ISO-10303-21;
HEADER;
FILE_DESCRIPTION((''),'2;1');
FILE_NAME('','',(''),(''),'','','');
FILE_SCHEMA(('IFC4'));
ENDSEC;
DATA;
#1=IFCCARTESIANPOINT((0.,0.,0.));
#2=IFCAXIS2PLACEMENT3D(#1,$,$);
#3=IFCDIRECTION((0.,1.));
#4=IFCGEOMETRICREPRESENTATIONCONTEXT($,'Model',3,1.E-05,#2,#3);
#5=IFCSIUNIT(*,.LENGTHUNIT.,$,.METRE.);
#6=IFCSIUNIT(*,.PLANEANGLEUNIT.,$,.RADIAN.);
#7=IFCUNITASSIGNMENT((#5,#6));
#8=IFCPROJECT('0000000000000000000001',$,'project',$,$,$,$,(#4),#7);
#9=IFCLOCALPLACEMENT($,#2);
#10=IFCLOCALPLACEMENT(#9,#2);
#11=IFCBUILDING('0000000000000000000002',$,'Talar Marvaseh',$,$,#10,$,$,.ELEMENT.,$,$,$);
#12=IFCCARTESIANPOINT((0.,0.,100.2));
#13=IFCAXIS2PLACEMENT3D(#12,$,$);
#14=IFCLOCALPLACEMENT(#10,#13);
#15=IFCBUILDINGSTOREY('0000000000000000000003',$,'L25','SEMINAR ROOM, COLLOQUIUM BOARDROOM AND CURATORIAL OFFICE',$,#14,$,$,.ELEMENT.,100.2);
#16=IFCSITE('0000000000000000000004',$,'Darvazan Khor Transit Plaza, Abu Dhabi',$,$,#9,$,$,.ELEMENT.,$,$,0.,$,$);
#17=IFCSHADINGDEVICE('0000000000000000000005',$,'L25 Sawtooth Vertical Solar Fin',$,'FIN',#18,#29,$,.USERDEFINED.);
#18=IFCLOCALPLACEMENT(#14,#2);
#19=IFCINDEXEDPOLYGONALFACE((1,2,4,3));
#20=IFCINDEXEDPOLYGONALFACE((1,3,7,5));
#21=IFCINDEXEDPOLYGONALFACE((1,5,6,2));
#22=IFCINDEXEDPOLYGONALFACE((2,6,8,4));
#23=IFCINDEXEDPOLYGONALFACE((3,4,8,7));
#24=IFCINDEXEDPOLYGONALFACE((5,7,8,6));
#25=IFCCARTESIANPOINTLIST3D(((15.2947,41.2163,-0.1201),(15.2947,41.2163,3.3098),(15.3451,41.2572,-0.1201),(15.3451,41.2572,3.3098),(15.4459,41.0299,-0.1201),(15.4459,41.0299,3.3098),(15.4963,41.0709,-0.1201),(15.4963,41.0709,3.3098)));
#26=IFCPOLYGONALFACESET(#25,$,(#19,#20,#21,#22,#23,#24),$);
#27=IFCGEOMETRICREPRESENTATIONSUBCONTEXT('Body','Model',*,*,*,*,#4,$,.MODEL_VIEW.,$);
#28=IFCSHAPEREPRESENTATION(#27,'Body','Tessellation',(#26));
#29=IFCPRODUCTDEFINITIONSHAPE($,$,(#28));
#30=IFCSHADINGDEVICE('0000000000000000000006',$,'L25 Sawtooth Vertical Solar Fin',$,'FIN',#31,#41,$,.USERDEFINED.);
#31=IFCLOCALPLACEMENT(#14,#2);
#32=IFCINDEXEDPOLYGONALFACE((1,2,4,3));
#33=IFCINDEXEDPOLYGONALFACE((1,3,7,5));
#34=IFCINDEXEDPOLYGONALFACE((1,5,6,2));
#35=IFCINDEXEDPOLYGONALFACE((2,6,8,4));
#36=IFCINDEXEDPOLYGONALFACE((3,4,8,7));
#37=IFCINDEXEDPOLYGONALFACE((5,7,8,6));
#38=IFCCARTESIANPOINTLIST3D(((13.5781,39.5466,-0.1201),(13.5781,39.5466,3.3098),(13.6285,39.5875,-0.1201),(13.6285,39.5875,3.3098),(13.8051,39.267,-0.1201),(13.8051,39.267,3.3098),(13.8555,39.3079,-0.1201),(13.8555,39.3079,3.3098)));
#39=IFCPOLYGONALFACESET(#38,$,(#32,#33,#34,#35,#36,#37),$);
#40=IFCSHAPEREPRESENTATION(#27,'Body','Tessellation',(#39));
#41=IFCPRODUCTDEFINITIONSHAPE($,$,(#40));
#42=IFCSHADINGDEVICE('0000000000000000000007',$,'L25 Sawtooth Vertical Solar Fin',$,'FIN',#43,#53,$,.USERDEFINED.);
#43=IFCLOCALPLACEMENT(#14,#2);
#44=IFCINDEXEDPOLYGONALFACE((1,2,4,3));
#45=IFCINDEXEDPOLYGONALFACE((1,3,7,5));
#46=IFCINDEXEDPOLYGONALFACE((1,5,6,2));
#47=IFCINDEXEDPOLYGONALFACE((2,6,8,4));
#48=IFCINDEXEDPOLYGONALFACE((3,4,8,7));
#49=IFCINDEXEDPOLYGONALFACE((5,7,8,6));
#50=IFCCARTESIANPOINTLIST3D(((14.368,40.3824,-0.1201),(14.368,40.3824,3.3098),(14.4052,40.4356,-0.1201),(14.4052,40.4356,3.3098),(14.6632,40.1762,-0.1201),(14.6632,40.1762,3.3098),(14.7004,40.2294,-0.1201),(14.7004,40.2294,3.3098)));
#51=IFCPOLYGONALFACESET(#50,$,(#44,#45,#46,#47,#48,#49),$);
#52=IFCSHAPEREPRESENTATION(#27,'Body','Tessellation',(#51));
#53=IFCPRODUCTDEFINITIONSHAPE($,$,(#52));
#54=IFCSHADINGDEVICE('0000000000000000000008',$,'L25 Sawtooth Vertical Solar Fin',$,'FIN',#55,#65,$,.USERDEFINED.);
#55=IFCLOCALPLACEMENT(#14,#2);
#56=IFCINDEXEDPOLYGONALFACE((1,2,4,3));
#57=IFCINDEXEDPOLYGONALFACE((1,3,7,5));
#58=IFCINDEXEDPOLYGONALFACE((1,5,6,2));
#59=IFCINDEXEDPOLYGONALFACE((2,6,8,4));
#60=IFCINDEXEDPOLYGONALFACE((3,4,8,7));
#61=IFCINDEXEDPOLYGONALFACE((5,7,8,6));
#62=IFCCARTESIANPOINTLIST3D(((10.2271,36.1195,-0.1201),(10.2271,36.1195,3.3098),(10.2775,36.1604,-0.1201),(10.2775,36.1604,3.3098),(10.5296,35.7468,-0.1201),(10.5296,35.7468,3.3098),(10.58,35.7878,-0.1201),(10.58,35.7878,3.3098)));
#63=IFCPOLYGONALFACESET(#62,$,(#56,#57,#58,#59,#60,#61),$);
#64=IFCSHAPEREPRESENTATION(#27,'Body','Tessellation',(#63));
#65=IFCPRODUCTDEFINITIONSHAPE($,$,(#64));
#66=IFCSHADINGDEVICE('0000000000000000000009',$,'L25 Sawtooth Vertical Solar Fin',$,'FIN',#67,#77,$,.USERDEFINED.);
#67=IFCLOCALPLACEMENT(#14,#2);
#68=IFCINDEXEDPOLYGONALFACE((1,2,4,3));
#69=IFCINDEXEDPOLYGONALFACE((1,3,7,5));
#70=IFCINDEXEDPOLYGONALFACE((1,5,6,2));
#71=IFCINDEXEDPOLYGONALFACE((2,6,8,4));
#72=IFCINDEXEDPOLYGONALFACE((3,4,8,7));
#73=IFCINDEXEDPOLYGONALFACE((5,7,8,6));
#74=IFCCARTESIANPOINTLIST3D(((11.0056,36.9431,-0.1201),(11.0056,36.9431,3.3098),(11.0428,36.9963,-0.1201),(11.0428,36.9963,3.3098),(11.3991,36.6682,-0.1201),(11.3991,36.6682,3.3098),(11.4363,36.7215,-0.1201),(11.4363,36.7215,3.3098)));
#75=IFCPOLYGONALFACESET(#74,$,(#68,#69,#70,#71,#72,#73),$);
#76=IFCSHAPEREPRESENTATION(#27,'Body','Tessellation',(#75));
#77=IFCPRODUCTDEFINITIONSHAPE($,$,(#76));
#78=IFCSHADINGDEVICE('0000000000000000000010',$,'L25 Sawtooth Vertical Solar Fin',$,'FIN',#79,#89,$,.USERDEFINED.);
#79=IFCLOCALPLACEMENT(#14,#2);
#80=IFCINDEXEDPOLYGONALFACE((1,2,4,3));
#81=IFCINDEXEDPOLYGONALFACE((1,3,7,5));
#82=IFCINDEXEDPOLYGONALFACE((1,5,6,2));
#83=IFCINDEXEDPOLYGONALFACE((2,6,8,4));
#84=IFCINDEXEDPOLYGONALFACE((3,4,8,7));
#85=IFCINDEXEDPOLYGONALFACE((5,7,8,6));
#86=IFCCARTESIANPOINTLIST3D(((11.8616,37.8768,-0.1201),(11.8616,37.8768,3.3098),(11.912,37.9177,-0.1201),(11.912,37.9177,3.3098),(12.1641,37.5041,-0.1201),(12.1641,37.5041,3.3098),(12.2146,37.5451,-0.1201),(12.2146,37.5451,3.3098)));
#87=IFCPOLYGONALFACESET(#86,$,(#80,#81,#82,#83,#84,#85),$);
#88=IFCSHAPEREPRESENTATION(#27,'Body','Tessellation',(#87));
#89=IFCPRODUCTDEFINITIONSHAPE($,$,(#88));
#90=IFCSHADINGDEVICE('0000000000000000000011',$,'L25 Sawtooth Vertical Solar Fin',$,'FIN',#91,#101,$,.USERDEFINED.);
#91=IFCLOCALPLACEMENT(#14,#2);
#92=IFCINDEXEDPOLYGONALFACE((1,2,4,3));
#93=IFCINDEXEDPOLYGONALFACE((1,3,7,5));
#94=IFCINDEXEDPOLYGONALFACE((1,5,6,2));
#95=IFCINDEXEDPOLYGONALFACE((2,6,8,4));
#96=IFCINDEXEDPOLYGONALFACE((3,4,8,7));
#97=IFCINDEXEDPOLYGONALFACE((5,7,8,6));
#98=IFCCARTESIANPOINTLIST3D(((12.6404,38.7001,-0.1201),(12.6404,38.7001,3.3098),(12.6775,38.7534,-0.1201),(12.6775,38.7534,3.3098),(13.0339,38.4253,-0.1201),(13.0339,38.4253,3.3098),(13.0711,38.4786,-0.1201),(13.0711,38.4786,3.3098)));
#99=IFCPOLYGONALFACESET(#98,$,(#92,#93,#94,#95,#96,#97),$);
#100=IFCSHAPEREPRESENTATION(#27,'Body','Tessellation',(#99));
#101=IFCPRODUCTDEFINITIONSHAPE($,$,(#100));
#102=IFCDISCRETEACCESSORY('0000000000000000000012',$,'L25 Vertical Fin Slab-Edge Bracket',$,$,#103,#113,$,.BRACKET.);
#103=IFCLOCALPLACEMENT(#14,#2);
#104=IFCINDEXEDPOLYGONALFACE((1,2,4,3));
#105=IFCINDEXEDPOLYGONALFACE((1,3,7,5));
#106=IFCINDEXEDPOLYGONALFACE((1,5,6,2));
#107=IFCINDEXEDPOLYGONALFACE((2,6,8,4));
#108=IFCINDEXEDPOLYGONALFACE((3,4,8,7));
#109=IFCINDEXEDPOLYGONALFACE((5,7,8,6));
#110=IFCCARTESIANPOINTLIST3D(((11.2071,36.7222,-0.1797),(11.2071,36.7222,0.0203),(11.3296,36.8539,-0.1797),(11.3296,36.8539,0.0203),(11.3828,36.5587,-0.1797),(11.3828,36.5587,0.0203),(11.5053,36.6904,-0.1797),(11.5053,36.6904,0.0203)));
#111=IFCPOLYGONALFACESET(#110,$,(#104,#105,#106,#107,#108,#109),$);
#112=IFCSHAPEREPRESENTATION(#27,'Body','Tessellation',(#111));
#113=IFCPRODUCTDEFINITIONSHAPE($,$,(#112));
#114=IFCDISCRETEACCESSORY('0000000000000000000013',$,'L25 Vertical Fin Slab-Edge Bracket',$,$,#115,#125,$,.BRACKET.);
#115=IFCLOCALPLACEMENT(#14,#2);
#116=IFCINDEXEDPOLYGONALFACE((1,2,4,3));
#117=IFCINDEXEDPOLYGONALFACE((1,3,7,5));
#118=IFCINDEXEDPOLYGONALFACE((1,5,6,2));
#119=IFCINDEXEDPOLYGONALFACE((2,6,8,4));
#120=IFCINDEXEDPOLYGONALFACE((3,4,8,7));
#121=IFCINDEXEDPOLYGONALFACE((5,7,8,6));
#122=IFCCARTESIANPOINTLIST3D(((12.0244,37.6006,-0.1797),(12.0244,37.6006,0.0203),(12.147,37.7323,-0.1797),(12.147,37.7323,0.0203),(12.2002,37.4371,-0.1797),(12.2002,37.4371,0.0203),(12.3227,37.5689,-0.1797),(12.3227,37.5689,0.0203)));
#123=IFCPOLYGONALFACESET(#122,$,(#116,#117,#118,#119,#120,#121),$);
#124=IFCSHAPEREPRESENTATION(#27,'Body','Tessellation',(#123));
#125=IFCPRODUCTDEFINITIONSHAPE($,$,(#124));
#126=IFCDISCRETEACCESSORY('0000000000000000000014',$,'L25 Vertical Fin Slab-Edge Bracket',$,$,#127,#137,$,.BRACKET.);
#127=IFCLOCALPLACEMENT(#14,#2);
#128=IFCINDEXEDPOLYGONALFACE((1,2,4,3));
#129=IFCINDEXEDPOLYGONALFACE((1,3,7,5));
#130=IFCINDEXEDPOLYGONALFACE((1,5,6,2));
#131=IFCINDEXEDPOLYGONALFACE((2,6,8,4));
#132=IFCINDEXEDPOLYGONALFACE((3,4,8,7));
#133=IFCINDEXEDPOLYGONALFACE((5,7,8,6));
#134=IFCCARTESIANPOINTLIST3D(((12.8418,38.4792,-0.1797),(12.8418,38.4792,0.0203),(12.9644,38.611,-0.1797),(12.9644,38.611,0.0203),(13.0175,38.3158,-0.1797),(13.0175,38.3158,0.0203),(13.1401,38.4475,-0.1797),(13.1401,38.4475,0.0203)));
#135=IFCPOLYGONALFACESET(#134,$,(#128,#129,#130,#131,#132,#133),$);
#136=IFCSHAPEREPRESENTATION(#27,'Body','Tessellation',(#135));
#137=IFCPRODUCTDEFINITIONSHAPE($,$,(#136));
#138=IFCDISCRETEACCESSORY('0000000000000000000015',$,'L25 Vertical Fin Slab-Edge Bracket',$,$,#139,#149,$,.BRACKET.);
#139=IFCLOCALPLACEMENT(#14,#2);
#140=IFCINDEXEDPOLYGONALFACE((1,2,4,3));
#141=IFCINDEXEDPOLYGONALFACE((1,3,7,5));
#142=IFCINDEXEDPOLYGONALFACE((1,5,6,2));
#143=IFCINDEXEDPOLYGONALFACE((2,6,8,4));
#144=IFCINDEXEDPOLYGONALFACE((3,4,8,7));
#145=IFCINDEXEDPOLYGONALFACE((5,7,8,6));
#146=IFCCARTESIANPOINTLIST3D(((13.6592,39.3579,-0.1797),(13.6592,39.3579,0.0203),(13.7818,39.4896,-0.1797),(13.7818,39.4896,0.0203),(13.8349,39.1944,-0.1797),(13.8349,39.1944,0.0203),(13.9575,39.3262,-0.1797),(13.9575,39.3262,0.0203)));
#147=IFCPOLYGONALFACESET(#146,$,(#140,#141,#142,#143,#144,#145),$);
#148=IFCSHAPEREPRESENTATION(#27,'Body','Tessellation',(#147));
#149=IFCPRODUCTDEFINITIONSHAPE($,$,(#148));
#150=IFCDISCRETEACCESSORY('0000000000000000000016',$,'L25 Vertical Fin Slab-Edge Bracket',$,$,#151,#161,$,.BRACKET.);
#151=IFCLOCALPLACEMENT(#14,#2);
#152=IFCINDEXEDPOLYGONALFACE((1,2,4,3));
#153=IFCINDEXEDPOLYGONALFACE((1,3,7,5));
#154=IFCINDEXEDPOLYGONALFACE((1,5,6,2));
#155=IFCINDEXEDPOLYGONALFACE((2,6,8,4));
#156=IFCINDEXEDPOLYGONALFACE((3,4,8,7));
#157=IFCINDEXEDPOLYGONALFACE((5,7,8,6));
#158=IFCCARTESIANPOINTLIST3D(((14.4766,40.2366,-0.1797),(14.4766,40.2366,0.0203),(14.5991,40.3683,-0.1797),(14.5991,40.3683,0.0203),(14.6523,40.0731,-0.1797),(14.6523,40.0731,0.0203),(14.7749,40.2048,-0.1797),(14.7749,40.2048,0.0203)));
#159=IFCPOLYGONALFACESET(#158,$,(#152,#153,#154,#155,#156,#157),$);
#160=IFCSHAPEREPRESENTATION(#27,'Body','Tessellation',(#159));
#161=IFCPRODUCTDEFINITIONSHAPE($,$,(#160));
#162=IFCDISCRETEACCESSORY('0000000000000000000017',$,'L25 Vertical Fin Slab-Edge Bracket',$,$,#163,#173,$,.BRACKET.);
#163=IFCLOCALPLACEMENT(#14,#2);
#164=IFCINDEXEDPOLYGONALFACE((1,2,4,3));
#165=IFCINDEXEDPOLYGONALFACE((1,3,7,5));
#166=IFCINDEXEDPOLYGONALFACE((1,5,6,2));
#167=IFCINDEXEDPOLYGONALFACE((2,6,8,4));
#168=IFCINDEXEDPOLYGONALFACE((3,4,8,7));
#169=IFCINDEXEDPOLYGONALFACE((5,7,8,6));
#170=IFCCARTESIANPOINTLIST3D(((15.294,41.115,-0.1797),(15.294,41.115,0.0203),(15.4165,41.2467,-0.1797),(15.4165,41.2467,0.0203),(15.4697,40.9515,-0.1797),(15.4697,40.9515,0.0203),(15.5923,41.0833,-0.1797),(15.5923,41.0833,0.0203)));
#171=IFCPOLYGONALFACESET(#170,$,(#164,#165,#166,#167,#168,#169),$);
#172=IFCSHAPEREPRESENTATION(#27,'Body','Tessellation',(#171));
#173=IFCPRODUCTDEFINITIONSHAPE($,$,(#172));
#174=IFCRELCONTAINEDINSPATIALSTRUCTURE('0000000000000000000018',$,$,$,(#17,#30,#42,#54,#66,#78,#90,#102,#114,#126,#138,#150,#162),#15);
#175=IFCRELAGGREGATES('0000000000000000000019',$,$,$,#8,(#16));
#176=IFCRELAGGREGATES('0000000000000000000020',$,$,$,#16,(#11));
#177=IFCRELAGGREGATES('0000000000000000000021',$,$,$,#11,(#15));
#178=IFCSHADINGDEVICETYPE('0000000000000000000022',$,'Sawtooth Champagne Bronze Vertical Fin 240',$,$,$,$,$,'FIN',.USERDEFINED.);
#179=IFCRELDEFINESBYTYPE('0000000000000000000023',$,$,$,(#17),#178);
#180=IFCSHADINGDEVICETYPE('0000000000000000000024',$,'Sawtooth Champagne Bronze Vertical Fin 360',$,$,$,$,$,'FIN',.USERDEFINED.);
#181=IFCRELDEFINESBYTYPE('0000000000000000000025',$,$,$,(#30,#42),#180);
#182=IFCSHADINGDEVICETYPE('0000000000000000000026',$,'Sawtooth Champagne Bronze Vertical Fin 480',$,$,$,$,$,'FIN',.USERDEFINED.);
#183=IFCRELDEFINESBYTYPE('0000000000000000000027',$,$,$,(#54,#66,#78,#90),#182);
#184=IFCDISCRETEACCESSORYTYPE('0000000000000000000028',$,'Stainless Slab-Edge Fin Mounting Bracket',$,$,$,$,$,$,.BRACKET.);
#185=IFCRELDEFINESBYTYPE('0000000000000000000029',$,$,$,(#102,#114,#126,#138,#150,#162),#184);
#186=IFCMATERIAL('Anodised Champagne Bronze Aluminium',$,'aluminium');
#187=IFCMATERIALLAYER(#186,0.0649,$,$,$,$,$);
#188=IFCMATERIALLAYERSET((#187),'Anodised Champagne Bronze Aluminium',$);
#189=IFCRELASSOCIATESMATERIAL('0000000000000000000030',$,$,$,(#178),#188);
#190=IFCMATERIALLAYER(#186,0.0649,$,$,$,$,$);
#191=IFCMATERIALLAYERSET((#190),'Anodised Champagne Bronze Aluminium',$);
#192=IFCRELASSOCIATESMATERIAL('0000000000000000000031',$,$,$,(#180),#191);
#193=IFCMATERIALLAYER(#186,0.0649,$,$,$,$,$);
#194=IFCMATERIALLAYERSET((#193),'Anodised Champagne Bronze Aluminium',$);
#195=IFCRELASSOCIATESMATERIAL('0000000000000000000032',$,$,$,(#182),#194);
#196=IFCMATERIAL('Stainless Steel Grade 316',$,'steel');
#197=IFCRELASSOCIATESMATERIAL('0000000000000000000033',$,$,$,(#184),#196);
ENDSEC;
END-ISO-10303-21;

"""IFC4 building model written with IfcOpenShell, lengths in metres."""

from ifc_helpers import new_model, si_unit, direction, frame, origin, origin_2d, place, context, subcontext, project, spatial, rectangle, extrude, source, transform, mapped, material, layer, layer_set, type_object, type_shapes, element, save


model = new_model("IFC4")

# Units and contexts
model_context = context("Model", 3, precision=1e-05, world=origin(), true_north=direction((0.0, 1.0)))
body_context = subcontext(model_context, "Body", "Model", "MODEL_VIEW")
ifc_project = project(units=[si_unit("LENGTHUNIT", "METRE"), si_unit("PLANEANGLEUNIT", "RADIAN")], contexts=[model_context])

# Site, building, storey
site_placement = place(None, origin())
site = spatial("IfcSite", under=ifc_project, at=site_placement, Name="Darvazan Khor Transit Plaza, Abu Dhabi", CompositionType="ELEMENT", RefElevation=0.0)
building_placement = place(site_placement, origin())
building = spatial("IfcBuilding", under=site, at=building_placement, Name="Talar Marvaseh", CompositionType="ELEMENT")
storey_placement = place(building_placement, frame((0.0, 0.0, 100.2)))
storey = spatial("IfcBuildingStorey", under=building, at=storey_placement, Name="L25", Description="SEMINAR ROOM, COLLOQUIUM BOARDROOM AND CURATORIAL OFFICE", CompositionType="ELEMENT", Elevation=100.2)

# Shading devices
ifc_material_1 = material(Name="Anodised Champagne Bronze Aluminium", Category="aluminium")
ifc_layer_1 = layer(ifc_material_1, 0.0649)
ifc_layer_set_1 = layer_set([ifc_layer_1], Name="Anodised Champagne Bronze Aluminium")
shading_device_type_1 = type_object("IfcShadingDeviceType", Name="Sawtooth Champagne Bronze Vertical Fin 240", ElementType="FIN", PredefinedType="USERDEFINED", material=ifc_layer_set_1)
shared_shape_1 = source(origin(), body_context, "Body", "SweptSolid", [
    extrude(rectangle(XDim=0.24, YDim=0.0649, at=origin_2d()), origin(), (0.0, 0.0, 1.0), 3.4299),
])
type_shapes(shading_device_type_1, [shared_shape_1])
shading_device_placement = place(storey_placement, frame((15.3955, 41.1436, -0.1201), z_axis=(0.0, 0.0, 1.0), x_axis=(-0.630269, 0.776377, 0.0)))
element("IfcShadingDevice", 1, at=shading_device_placement, inside=storey, type_object=shading_device_type_1, Name="L25 Sawtooth Vertical Solar Fin", ObjectType="FIN", PredefinedType="USERDEFINED", context=body_context, shape_type="MappedRepresentation", body=[
    mapped(shared_shape_1, transform((0.0, 0.0, 0.0), x_axis=(1.0, 0.0, 0.0), y_axis=(0.0, 1.0, 0.0), z_axis=(0.0, 0.0, 1.0), scale=1.0)),
])
ifc_layer_2 = layer(ifc_material_1, 0.0649)
ifc_layer_set_2 = layer_set([ifc_layer_2], Name="Anodised Champagne Bronze Aluminium")
shading_device_type_2 = type_object("IfcShadingDeviceType", Name="Sawtooth Champagne Bronze Vertical Fin 360", ElementType="FIN", PredefinedType="USERDEFINED", material=ifc_layer_set_2)
shared_shape_2 = source(origin(), body_context, "Body", "SweptSolid", [
    extrude(rectangle(XDim=0.3601, YDim=0.0649, at=origin_2d()), origin(), (0.0, 0.0, 1.0), 3.4299),
])
type_shapes(shading_device_type_2, [shared_shape_2])
for number, where, z_axis, x_axis, name in (
    (2, (13.7168, 39.4272, -0.1201), (0.0, 0.0, 1.0), (-0.630269, 0.776377, 0.0), "L25 Sawtooth Vertical Solar Fin"),
    (3, (14.5342, 40.3059, -0.1201), (0.0, 0.0, 1.0), (-0.819852, 0.572575, 0.0), "L25 Sawtooth Vertical Solar Fin"),
):
    element("IfcShadingDevice", number, at=place(storey_placement, frame(where, z_axis=z_axis, x_axis=x_axis)), inside=storey, type_object=shading_device_type_2, Name=name, ObjectType="FIN", PredefinedType="USERDEFINED", context=body_context, shape_type="MappedRepresentation", body=[
        mapped(shared_shape_2, transform((0.0, 0.0, 0.0), x_axis=(1.0, 0.0, 0.0), y_axis=(0.0, 1.0, 0.0), z_axis=(0.0, 0.0, 1.0), scale=1.0)),
    ])
ifc_layer_3 = layer(ifc_material_1, 0.0649)
ifc_layer_set_3 = layer_set([ifc_layer_3], Name="Anodised Champagne Bronze Aluminium")
shading_device_type_3 = type_object("IfcShadingDeviceType", Name="Sawtooth Champagne Bronze Vertical Fin 480", ElementType="FIN", PredefinedType="USERDEFINED", material=ifc_layer_set_3)
shared_shape_3 = source(origin(), body_context, "Body", "SweptSolid", [
    extrude(rectangle(XDim=0.48, YDim=0.0649, at=origin_2d()), origin(), (0.0, 0.0, 1.0), 3.4299),
])
type_shapes(shading_device_type_3, [shared_shape_3])
for number, where, z_axis, x_axis, name in (
    (4, (10.4036, 35.9536, -0.1201), (0.0, 0.0, 1.0), (-0.630269, 0.776377, 0.0), "L25 Sawtooth Vertical Solar Fin"),
    (5, (11.2209, 36.8323, -0.1201), (0.0, 0.0, 1.0), (-0.819852, 0.572575, 0.0), "L25 Sawtooth Vertical Solar Fin"),
    (6, (12.0381, 37.7109, -0.1201), (0.0, 0.0, 1.0), (-0.630269, 0.776377, 0.0), "L25 Sawtooth Vertical Solar Fin"),
    (7, (12.8557, 38.5894, -0.1201), (0.0, 0.0, 1.0), (-0.819852, 0.572575, 0.0), "L25 Sawtooth Vertical Solar Fin"),
):
    element("IfcShadingDevice", number, at=place(storey_placement, frame(where, z_axis=z_axis, x_axis=x_axis)), inside=storey, type_object=shading_device_type_3, Name=name, ObjectType="FIN", PredefinedType="USERDEFINED", context=body_context, shape_type="MappedRepresentation", body=[
        mapped(shared_shape_3, transform((0.0, 0.0, 0.0), x_axis=(1.0, 0.0, 0.0), y_axis=(0.0, 1.0, 0.0), z_axis=(0.0, 0.0, 1.0), scale=1.0)),
    ])

# Discrete accessories
ifc_material_2 = material(Name="Stainless Steel Grade 316", Category="steel")
discrete_accessory_type = type_object("IfcDiscreteAccessoryType", Name="Stainless Slab-Edge Fin Mounting Bracket", PredefinedType="BRACKET", material=ifc_material_2)
shared_shape_4 = source(origin(), body_context, "Body", "SweptSolid", [
    extrude(rectangle(XDim=0.24, YDim=0.1799, at=origin_2d()), origin(), (0.0, 0.0, 1.0), 0.2),
])
type_shapes(discrete_accessory_type, [shared_shape_4])
for number, where, z_axis, x_axis, name in (
    (8, (11.3562, 36.7063, -0.1797), (0.0, 0.0, 1.0), (-0.732186, 0.681104, 0.0), "L25 Vertical Fin Slab-Edge Bracket"),
    (9, (12.1736, 37.5847, -0.1797), (0.0, 0.0, 1.0), (-0.732186, 0.681104, 0.0), "L25 Vertical Fin Slab-Edge Bracket"),
    (10, (12.991, 38.4634, -0.1797), (0.0, 0.0, 1.0), (-0.732186, 0.681104, 0.0), "L25 Vertical Fin Slab-Edge Bracket"),
    (11, (13.8083, 39.342, -0.1797), (0.0, 0.0, 1.0), (-0.732186, 0.681104, 0.0), "L25 Vertical Fin Slab-Edge Bracket"),
    (12, (14.6257, 40.2207, -0.1797), (0.0, 0.0, 1.0), (-0.732186, 0.681104, 0.0), "L25 Vertical Fin Slab-Edge Bracket"),
    (13, (15.4431, 41.0991, -0.1797), (0.0, 0.0, 1.0), (-0.732186, 0.681104, 0.0), "L25 Vertical Fin Slab-Edge Bracket"),
):
    element("IfcDiscreteAccessory", number, at=place(storey_placement, frame(where, z_axis=z_axis, x_axis=x_axis)), inside=storey, type_object=discrete_accessory_type, Name=name, PredefinedType="BRACKET", context=body_context, shape_type="MappedRepresentation", body=[
        mapped(shared_shape_4, transform((0.0, 0.0, 0.0), x_axis=(1.0, 0.0, 0.0), y_axis=(0.0, 1.0, 0.0), z_axis=(0.0, 0.0, 1.0), scale=1.0)),
    ])

save(model, "model.ifc")
